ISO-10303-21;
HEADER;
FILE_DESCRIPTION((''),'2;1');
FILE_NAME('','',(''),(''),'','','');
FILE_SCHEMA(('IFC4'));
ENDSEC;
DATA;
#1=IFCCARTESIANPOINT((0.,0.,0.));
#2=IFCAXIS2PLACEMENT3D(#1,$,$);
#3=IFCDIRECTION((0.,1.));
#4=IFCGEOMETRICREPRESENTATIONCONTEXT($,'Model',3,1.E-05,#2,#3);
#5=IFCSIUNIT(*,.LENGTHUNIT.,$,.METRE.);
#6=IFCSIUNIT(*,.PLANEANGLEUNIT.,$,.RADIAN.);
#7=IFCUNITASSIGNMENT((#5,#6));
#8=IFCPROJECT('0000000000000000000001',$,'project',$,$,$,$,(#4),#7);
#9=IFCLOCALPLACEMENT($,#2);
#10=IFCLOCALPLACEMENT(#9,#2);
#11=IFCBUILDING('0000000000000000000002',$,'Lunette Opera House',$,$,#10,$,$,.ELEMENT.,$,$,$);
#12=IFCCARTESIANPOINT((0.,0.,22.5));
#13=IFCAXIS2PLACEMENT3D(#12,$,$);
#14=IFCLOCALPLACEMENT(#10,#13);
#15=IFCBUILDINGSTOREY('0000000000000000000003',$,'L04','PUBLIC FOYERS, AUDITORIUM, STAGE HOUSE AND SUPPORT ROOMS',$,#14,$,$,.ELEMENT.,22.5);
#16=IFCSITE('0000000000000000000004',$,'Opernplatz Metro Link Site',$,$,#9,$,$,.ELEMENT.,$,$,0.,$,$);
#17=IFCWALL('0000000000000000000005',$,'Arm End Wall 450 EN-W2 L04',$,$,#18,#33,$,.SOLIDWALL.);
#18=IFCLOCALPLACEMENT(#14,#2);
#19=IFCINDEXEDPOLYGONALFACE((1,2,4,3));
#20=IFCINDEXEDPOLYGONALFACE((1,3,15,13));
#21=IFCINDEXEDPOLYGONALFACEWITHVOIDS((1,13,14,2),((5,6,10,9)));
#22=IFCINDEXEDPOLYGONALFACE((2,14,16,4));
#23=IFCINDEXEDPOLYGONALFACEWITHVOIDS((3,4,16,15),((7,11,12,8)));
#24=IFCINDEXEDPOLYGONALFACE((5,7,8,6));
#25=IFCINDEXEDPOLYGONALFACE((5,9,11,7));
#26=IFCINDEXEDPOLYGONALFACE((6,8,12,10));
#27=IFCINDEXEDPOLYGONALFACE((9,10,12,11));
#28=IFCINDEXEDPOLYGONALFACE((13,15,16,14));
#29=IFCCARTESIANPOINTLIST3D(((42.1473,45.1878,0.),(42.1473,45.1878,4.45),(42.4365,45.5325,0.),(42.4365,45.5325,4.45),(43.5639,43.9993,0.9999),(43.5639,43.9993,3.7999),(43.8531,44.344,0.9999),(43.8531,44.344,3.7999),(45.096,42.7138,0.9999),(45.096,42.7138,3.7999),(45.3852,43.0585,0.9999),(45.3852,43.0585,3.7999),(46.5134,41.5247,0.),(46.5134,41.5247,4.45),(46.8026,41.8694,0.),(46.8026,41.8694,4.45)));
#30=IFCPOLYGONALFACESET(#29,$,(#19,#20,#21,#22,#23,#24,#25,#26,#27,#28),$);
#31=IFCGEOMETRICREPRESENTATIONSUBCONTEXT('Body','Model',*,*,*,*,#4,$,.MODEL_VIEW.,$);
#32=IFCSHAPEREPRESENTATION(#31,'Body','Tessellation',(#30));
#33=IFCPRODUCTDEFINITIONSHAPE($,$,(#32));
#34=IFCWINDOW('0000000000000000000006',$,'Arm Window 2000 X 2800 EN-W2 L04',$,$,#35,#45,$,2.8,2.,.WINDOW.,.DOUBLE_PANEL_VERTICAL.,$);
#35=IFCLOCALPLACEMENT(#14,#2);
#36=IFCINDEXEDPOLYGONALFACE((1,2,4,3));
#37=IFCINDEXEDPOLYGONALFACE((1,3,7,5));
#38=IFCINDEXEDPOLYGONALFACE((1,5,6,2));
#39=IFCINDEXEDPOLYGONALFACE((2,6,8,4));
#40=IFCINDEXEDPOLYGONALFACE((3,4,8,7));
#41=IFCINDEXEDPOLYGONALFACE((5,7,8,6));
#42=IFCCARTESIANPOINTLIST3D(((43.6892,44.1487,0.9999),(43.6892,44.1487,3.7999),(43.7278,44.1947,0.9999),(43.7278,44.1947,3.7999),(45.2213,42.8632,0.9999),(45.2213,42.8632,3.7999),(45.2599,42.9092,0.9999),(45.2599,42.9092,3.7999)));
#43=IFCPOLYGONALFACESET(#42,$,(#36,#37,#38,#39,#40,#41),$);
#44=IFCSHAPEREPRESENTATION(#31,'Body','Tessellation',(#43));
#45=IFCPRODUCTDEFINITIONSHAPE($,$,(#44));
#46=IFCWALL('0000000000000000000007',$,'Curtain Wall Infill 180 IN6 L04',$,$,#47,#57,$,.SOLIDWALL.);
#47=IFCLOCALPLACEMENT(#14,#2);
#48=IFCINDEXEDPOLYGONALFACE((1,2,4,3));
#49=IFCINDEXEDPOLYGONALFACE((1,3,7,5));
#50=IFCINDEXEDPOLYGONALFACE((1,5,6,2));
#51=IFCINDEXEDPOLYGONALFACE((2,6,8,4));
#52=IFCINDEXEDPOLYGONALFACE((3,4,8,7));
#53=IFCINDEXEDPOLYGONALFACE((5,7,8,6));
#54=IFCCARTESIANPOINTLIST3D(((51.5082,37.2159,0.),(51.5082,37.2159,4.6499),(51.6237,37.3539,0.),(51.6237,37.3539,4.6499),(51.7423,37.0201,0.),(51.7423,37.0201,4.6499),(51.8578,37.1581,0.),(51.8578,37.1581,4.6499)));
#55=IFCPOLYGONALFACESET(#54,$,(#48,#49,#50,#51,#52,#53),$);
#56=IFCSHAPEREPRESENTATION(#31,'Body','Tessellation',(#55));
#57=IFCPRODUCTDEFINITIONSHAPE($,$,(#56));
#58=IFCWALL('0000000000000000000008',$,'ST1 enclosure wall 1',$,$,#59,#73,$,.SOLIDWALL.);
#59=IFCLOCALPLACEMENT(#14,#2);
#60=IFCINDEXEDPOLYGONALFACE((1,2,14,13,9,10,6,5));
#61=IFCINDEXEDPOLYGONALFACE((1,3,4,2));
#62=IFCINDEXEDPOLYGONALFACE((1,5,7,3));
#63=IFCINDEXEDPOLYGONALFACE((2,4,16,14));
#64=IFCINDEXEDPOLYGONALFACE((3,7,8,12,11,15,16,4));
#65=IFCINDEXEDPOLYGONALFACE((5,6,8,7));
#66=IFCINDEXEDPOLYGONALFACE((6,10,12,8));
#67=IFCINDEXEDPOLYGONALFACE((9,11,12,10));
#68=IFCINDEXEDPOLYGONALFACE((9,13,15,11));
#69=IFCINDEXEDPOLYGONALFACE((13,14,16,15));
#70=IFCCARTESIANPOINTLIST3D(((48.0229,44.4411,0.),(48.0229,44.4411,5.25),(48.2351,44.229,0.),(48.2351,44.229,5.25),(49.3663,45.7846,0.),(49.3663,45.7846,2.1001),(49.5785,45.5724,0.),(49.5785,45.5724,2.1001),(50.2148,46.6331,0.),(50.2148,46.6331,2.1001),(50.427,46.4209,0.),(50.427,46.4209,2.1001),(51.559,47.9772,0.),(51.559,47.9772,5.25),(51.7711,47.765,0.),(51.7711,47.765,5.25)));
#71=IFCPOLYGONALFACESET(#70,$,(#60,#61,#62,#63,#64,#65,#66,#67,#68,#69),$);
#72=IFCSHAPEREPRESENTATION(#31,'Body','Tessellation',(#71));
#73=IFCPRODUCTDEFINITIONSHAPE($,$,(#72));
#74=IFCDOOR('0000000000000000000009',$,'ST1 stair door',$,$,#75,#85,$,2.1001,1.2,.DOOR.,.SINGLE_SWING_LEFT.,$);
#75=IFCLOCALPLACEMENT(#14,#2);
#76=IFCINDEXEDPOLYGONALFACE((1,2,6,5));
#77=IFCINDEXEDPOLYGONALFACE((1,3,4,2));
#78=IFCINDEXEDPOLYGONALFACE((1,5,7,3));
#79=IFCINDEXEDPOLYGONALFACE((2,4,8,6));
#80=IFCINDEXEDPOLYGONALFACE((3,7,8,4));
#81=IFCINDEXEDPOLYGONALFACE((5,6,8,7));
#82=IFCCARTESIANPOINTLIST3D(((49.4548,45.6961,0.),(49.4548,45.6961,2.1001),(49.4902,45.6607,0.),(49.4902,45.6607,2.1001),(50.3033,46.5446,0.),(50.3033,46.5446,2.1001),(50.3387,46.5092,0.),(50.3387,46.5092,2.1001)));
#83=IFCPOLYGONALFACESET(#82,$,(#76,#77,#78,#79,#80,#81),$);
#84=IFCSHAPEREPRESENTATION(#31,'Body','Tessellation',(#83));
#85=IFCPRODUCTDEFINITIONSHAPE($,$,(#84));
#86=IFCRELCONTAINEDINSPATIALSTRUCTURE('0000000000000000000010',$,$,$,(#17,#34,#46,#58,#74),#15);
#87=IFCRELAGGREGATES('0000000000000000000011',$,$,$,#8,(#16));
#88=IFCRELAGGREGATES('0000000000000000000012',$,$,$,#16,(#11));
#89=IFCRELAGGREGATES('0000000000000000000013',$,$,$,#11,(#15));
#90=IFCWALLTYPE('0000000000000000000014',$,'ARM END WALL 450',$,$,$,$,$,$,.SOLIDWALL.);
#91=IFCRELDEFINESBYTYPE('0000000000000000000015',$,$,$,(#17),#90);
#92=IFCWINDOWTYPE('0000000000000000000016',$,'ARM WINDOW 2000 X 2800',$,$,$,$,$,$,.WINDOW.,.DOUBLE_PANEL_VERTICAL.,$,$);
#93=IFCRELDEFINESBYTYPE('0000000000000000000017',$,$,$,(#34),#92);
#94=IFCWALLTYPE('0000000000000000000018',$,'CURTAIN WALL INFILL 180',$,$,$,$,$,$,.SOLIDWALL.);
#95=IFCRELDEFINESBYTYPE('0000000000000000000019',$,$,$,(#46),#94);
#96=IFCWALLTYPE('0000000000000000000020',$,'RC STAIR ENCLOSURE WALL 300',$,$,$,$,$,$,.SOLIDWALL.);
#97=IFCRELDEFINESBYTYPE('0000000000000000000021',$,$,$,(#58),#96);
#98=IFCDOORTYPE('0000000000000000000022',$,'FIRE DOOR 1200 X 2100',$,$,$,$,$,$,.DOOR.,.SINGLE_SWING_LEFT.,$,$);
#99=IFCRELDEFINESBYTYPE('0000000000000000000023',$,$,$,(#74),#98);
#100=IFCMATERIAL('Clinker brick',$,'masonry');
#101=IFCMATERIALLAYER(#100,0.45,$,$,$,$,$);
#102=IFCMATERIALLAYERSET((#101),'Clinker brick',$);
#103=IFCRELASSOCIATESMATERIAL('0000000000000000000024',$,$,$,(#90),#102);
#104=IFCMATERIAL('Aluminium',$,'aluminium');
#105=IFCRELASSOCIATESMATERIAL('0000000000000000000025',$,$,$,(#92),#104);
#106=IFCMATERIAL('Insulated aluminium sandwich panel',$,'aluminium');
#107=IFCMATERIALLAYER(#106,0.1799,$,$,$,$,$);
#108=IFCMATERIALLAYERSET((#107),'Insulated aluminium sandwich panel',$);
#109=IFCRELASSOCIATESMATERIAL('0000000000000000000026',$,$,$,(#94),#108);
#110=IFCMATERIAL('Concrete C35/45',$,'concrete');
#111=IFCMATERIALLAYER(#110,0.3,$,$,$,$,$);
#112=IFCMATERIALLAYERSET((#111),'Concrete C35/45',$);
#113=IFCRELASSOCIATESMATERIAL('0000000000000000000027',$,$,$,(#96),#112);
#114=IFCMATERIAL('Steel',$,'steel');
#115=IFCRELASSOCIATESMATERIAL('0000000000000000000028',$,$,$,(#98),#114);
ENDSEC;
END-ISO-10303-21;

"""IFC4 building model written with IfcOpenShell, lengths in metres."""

from ifc_helpers import new_model, si_unit, direction, frame, frame_2d, origin, place, context, subcontext, project, spatial, rectangle, extrude, material, layer, layer_set, type_object, element, fill, save


model = new_model("IFC4")

# Units and contexts
model_context = context("Model", 3, precision=1e-05, world=origin(), true_north=direction((0.0, 1.0)))
body_context = subcontext(model_context, "Body", "Model", "MODEL_VIEW")
ifc_project = project(units=[si_unit("LENGTHUNIT", "METRE"), si_unit("PLANEANGLEUNIT", "RADIAN")], contexts=[model_context])

# Site, building, storey
site_placement = place(None, origin())
site = spatial("IfcSite", under=ifc_project, at=site_placement, Name="Opernplatz Metro Link Site", CompositionType="ELEMENT", RefElevation=0.0)
building_placement = place(site_placement, origin())
building = spatial("IfcBuilding", under=site, at=building_placement, Name="Lunette Opera House", CompositionType="ELEMENT")
storey_placement = place(building_placement, frame((0.0, 0.0, 22.5)))
storey = spatial("IfcBuildingStorey", under=building, at=storey_placement, Name="L04", Description="PUBLIC FOYERS, AUDITORIUM, STAGE HOUSE AND SUPPORT ROOMS", CompositionType="ELEMENT", Elevation=22.5)

# Wall, opening, window
ifc_material_1 = material(Name="Clinker brick", Category="masonry")
ifc_layer_1 = layer(ifc_material_1, 0.45)
ifc_layer_set_1 = layer_set([ifc_layer_1], Name="Clinker brick")
wall_type_1 = type_object("IfcWallType", Name="ARM END WALL 450", PredefinedType="SOLIDWALL", material=ifc_layer_set_1)
ifc_material_2 = material(Name="Aluminium", Category="aluminium")
window_type = type_object("IfcWindowType", Name="ARM WINDOW 2000 X 2800", PartitioningType="DOUBLE_PANEL_VERTICAL", PredefinedType="WINDOW", material=ifc_material_2)
wall_1_placement = place(storey_placement, frame((46.658, 41.697, 0.0), z_axis=(0.0, 0.0, 1.0), x_axis=(-0.766079, 0.642747, 0.0)))
wall_1 = element("IfcWall", 1, at=wall_1_placement, inside=storey, type_object=wall_type_1, Name="Arm End Wall 450 EN-W2 L04", PredefinedType="SOLIDWALL", context=body_context, shape_type="SweptSolid", body=[
    extrude(rectangle(XDim=5.6992, YDim=0.45, at=frame_2d((2.8496, 0.0))), origin(), (0.0, 0.0, 1.0), 4.45),
])
opening_1_placement = place(wall_1_placement, frame((1.8501, 0.0, 1.0)))
opening_1 = element("IfcOpeningElement", 2, at=opening_1_placement, cuts=wall_1, PredefinedType="OPENING", context=body_context, shape_type="SweptSolid", body=[
    extrude(rectangle(XDim=2.0, YDim=2.8, at=frame_2d((1.0, 1.3999))), frame((0.0, 0.2371, 0.0), z_axis=(0.0, -1.0, 0.0), x_axis=(1.0, 0.0, 0.0)), (0.0, 0.0, 1.0), 0.4739),
])
window_1_placement = place(opening_1_placement, origin())
window_1 = element("IfcWindow", 3, at=window_1_placement, inside=storey, type_object=window_type, Name="Arm Window 2000 X 2800 EN-W2 L04", OverallHeight=2.8, OverallWidth=2.0, PartitioningType="DOUBLE_PANEL_VERTICAL", PredefinedType="WINDOW", context=body_context, shape_type="SweptSolid", body=[
    extrude(rectangle(XDim=2.0, YDim=2.8, at=frame_2d((1.0, 1.3999))), frame((0.0, 0.03, 0.0), z_axis=(0.0, -1.0, 0.0), x_axis=(1.0, 0.0, 0.0)), (0.0, 0.0, 1.0), 0.0601),
])
fill(opening_1, window_1)

# Wall
ifc_material_3 = material(Name="Insulated aluminium sandwich panel", Category="aluminium")
ifc_layer_2 = layer(ifc_material_3, 0.1799)
ifc_layer_set_2 = layer_set([ifc_layer_2], Name="Insulated aluminium sandwich panel")
wall_type_2 = type_object("IfcWallType", Name="CURTAIN WALL INFILL 180", PredefinedType="SOLIDWALL", material=ifc_layer_set_2)
wall_2_placement = place(storey_placement, frame((51.8, 37.0891, 0.0), z_axis=(0.0, 0.0, 1.0), x_axis=(-0.767105, 0.641521, 0.0)))
element("IfcWall", 4, at=wall_2_placement, inside=storey, type_object=wall_type_2, Name="Curtain Wall Infill 180 IN6 L04", PredefinedType="SOLIDWALL", context=body_context, shape_type="SweptSolid", body=[
    extrude(rectangle(XDim=0.3052, YDim=0.1799, at=frame_2d((0.1526, 0.0))), origin(), (0.0, 0.0, 1.0), 4.6499),
])

# Wall, opening, door
ifc_material_4 = material(Name="Concrete C35/45", Category="concrete")
ifc_layer_3 = layer(ifc_material_4, 0.3)
ifc_layer_set_3 = layer_set([ifc_layer_3], Name="Concrete C35/45")
wall_type_3 = type_object("IfcWallType", Name="RC STAIR ENCLOSURE WALL 300", PredefinedType="SOLIDWALL", material=ifc_layer_set_3)
wall_3_placement = place(storey_placement, frame((48.1289, 44.335, 0.0), z_axis=(0.0, 0.0, 1.0), x_axis=(0.707107, 0.707107, 0.0)))
wall_3 = element("IfcWall", 5, at=wall_3_placement, inside=storey, type_object=wall_type_3, Name="ST1 enclosure wall 1", PredefinedType="SOLIDWALL", context=body_context, shape_type="SweptSolid", body=[
    extrude(rectangle(XDim=5.0007, YDim=0.3, at=frame_2d((2.5005, 0.0))), origin(), (0.0, 0.0, 1.0), 5.25),
])
opening_2_placement = place(wall_3_placement, frame((1.8999, 0.0, 0.0)))
opening_2 = element("IfcOpeningElement", 6, at=opening_2_placement, cuts=wall_3, PredefinedType="OPENING", context=body_context, shape_type="SweptSolid", body=[
    extrude(rectangle(XDim=1.2, YDim=2.1001, at=frame_2d((0.6001, 1.05))), frame((0.0, 0.1621, 0.0), z_axis=(0.0, -1.0, 0.0), x_axis=(1.0, 0.0, 0.0)), (0.0, 0.0, 1.0), 0.324),
])
ifc_material_5 = material(Name="Steel", Category="steel")
door_type = type_object("IfcDoorType", Name="FIRE DOOR 1200 X 2100", OperationType="SINGLE_SWING_LEFT", PredefinedType="DOOR", material=ifc_material_5)
door_placement = place(opening_2_placement, origin())
door = element("IfcDoor", 7, at=door_placement, inside=storey, type_object=door_type, Name="ST1 stair door", OperationType="SINGLE_SWING_LEFT", OverallHeight=2.1001, OverallWidth=1.2, PredefinedType="DOOR", context=body_context, shape_type="SweptSolid", body=[
    extrude(rectangle(XDim=1.2, YDim=2.1001, at=frame_2d((0.6001, 1.05))), frame((0.0, 0.0249, 0.0), z_axis=(0.0, -1.0, 0.0), x_axis=(1.0, 0.0, 0.0)), (0.0, 0.0, 1.0), 0.05),
])
fill(opening_2, door)

save(model, "model.ifc")
